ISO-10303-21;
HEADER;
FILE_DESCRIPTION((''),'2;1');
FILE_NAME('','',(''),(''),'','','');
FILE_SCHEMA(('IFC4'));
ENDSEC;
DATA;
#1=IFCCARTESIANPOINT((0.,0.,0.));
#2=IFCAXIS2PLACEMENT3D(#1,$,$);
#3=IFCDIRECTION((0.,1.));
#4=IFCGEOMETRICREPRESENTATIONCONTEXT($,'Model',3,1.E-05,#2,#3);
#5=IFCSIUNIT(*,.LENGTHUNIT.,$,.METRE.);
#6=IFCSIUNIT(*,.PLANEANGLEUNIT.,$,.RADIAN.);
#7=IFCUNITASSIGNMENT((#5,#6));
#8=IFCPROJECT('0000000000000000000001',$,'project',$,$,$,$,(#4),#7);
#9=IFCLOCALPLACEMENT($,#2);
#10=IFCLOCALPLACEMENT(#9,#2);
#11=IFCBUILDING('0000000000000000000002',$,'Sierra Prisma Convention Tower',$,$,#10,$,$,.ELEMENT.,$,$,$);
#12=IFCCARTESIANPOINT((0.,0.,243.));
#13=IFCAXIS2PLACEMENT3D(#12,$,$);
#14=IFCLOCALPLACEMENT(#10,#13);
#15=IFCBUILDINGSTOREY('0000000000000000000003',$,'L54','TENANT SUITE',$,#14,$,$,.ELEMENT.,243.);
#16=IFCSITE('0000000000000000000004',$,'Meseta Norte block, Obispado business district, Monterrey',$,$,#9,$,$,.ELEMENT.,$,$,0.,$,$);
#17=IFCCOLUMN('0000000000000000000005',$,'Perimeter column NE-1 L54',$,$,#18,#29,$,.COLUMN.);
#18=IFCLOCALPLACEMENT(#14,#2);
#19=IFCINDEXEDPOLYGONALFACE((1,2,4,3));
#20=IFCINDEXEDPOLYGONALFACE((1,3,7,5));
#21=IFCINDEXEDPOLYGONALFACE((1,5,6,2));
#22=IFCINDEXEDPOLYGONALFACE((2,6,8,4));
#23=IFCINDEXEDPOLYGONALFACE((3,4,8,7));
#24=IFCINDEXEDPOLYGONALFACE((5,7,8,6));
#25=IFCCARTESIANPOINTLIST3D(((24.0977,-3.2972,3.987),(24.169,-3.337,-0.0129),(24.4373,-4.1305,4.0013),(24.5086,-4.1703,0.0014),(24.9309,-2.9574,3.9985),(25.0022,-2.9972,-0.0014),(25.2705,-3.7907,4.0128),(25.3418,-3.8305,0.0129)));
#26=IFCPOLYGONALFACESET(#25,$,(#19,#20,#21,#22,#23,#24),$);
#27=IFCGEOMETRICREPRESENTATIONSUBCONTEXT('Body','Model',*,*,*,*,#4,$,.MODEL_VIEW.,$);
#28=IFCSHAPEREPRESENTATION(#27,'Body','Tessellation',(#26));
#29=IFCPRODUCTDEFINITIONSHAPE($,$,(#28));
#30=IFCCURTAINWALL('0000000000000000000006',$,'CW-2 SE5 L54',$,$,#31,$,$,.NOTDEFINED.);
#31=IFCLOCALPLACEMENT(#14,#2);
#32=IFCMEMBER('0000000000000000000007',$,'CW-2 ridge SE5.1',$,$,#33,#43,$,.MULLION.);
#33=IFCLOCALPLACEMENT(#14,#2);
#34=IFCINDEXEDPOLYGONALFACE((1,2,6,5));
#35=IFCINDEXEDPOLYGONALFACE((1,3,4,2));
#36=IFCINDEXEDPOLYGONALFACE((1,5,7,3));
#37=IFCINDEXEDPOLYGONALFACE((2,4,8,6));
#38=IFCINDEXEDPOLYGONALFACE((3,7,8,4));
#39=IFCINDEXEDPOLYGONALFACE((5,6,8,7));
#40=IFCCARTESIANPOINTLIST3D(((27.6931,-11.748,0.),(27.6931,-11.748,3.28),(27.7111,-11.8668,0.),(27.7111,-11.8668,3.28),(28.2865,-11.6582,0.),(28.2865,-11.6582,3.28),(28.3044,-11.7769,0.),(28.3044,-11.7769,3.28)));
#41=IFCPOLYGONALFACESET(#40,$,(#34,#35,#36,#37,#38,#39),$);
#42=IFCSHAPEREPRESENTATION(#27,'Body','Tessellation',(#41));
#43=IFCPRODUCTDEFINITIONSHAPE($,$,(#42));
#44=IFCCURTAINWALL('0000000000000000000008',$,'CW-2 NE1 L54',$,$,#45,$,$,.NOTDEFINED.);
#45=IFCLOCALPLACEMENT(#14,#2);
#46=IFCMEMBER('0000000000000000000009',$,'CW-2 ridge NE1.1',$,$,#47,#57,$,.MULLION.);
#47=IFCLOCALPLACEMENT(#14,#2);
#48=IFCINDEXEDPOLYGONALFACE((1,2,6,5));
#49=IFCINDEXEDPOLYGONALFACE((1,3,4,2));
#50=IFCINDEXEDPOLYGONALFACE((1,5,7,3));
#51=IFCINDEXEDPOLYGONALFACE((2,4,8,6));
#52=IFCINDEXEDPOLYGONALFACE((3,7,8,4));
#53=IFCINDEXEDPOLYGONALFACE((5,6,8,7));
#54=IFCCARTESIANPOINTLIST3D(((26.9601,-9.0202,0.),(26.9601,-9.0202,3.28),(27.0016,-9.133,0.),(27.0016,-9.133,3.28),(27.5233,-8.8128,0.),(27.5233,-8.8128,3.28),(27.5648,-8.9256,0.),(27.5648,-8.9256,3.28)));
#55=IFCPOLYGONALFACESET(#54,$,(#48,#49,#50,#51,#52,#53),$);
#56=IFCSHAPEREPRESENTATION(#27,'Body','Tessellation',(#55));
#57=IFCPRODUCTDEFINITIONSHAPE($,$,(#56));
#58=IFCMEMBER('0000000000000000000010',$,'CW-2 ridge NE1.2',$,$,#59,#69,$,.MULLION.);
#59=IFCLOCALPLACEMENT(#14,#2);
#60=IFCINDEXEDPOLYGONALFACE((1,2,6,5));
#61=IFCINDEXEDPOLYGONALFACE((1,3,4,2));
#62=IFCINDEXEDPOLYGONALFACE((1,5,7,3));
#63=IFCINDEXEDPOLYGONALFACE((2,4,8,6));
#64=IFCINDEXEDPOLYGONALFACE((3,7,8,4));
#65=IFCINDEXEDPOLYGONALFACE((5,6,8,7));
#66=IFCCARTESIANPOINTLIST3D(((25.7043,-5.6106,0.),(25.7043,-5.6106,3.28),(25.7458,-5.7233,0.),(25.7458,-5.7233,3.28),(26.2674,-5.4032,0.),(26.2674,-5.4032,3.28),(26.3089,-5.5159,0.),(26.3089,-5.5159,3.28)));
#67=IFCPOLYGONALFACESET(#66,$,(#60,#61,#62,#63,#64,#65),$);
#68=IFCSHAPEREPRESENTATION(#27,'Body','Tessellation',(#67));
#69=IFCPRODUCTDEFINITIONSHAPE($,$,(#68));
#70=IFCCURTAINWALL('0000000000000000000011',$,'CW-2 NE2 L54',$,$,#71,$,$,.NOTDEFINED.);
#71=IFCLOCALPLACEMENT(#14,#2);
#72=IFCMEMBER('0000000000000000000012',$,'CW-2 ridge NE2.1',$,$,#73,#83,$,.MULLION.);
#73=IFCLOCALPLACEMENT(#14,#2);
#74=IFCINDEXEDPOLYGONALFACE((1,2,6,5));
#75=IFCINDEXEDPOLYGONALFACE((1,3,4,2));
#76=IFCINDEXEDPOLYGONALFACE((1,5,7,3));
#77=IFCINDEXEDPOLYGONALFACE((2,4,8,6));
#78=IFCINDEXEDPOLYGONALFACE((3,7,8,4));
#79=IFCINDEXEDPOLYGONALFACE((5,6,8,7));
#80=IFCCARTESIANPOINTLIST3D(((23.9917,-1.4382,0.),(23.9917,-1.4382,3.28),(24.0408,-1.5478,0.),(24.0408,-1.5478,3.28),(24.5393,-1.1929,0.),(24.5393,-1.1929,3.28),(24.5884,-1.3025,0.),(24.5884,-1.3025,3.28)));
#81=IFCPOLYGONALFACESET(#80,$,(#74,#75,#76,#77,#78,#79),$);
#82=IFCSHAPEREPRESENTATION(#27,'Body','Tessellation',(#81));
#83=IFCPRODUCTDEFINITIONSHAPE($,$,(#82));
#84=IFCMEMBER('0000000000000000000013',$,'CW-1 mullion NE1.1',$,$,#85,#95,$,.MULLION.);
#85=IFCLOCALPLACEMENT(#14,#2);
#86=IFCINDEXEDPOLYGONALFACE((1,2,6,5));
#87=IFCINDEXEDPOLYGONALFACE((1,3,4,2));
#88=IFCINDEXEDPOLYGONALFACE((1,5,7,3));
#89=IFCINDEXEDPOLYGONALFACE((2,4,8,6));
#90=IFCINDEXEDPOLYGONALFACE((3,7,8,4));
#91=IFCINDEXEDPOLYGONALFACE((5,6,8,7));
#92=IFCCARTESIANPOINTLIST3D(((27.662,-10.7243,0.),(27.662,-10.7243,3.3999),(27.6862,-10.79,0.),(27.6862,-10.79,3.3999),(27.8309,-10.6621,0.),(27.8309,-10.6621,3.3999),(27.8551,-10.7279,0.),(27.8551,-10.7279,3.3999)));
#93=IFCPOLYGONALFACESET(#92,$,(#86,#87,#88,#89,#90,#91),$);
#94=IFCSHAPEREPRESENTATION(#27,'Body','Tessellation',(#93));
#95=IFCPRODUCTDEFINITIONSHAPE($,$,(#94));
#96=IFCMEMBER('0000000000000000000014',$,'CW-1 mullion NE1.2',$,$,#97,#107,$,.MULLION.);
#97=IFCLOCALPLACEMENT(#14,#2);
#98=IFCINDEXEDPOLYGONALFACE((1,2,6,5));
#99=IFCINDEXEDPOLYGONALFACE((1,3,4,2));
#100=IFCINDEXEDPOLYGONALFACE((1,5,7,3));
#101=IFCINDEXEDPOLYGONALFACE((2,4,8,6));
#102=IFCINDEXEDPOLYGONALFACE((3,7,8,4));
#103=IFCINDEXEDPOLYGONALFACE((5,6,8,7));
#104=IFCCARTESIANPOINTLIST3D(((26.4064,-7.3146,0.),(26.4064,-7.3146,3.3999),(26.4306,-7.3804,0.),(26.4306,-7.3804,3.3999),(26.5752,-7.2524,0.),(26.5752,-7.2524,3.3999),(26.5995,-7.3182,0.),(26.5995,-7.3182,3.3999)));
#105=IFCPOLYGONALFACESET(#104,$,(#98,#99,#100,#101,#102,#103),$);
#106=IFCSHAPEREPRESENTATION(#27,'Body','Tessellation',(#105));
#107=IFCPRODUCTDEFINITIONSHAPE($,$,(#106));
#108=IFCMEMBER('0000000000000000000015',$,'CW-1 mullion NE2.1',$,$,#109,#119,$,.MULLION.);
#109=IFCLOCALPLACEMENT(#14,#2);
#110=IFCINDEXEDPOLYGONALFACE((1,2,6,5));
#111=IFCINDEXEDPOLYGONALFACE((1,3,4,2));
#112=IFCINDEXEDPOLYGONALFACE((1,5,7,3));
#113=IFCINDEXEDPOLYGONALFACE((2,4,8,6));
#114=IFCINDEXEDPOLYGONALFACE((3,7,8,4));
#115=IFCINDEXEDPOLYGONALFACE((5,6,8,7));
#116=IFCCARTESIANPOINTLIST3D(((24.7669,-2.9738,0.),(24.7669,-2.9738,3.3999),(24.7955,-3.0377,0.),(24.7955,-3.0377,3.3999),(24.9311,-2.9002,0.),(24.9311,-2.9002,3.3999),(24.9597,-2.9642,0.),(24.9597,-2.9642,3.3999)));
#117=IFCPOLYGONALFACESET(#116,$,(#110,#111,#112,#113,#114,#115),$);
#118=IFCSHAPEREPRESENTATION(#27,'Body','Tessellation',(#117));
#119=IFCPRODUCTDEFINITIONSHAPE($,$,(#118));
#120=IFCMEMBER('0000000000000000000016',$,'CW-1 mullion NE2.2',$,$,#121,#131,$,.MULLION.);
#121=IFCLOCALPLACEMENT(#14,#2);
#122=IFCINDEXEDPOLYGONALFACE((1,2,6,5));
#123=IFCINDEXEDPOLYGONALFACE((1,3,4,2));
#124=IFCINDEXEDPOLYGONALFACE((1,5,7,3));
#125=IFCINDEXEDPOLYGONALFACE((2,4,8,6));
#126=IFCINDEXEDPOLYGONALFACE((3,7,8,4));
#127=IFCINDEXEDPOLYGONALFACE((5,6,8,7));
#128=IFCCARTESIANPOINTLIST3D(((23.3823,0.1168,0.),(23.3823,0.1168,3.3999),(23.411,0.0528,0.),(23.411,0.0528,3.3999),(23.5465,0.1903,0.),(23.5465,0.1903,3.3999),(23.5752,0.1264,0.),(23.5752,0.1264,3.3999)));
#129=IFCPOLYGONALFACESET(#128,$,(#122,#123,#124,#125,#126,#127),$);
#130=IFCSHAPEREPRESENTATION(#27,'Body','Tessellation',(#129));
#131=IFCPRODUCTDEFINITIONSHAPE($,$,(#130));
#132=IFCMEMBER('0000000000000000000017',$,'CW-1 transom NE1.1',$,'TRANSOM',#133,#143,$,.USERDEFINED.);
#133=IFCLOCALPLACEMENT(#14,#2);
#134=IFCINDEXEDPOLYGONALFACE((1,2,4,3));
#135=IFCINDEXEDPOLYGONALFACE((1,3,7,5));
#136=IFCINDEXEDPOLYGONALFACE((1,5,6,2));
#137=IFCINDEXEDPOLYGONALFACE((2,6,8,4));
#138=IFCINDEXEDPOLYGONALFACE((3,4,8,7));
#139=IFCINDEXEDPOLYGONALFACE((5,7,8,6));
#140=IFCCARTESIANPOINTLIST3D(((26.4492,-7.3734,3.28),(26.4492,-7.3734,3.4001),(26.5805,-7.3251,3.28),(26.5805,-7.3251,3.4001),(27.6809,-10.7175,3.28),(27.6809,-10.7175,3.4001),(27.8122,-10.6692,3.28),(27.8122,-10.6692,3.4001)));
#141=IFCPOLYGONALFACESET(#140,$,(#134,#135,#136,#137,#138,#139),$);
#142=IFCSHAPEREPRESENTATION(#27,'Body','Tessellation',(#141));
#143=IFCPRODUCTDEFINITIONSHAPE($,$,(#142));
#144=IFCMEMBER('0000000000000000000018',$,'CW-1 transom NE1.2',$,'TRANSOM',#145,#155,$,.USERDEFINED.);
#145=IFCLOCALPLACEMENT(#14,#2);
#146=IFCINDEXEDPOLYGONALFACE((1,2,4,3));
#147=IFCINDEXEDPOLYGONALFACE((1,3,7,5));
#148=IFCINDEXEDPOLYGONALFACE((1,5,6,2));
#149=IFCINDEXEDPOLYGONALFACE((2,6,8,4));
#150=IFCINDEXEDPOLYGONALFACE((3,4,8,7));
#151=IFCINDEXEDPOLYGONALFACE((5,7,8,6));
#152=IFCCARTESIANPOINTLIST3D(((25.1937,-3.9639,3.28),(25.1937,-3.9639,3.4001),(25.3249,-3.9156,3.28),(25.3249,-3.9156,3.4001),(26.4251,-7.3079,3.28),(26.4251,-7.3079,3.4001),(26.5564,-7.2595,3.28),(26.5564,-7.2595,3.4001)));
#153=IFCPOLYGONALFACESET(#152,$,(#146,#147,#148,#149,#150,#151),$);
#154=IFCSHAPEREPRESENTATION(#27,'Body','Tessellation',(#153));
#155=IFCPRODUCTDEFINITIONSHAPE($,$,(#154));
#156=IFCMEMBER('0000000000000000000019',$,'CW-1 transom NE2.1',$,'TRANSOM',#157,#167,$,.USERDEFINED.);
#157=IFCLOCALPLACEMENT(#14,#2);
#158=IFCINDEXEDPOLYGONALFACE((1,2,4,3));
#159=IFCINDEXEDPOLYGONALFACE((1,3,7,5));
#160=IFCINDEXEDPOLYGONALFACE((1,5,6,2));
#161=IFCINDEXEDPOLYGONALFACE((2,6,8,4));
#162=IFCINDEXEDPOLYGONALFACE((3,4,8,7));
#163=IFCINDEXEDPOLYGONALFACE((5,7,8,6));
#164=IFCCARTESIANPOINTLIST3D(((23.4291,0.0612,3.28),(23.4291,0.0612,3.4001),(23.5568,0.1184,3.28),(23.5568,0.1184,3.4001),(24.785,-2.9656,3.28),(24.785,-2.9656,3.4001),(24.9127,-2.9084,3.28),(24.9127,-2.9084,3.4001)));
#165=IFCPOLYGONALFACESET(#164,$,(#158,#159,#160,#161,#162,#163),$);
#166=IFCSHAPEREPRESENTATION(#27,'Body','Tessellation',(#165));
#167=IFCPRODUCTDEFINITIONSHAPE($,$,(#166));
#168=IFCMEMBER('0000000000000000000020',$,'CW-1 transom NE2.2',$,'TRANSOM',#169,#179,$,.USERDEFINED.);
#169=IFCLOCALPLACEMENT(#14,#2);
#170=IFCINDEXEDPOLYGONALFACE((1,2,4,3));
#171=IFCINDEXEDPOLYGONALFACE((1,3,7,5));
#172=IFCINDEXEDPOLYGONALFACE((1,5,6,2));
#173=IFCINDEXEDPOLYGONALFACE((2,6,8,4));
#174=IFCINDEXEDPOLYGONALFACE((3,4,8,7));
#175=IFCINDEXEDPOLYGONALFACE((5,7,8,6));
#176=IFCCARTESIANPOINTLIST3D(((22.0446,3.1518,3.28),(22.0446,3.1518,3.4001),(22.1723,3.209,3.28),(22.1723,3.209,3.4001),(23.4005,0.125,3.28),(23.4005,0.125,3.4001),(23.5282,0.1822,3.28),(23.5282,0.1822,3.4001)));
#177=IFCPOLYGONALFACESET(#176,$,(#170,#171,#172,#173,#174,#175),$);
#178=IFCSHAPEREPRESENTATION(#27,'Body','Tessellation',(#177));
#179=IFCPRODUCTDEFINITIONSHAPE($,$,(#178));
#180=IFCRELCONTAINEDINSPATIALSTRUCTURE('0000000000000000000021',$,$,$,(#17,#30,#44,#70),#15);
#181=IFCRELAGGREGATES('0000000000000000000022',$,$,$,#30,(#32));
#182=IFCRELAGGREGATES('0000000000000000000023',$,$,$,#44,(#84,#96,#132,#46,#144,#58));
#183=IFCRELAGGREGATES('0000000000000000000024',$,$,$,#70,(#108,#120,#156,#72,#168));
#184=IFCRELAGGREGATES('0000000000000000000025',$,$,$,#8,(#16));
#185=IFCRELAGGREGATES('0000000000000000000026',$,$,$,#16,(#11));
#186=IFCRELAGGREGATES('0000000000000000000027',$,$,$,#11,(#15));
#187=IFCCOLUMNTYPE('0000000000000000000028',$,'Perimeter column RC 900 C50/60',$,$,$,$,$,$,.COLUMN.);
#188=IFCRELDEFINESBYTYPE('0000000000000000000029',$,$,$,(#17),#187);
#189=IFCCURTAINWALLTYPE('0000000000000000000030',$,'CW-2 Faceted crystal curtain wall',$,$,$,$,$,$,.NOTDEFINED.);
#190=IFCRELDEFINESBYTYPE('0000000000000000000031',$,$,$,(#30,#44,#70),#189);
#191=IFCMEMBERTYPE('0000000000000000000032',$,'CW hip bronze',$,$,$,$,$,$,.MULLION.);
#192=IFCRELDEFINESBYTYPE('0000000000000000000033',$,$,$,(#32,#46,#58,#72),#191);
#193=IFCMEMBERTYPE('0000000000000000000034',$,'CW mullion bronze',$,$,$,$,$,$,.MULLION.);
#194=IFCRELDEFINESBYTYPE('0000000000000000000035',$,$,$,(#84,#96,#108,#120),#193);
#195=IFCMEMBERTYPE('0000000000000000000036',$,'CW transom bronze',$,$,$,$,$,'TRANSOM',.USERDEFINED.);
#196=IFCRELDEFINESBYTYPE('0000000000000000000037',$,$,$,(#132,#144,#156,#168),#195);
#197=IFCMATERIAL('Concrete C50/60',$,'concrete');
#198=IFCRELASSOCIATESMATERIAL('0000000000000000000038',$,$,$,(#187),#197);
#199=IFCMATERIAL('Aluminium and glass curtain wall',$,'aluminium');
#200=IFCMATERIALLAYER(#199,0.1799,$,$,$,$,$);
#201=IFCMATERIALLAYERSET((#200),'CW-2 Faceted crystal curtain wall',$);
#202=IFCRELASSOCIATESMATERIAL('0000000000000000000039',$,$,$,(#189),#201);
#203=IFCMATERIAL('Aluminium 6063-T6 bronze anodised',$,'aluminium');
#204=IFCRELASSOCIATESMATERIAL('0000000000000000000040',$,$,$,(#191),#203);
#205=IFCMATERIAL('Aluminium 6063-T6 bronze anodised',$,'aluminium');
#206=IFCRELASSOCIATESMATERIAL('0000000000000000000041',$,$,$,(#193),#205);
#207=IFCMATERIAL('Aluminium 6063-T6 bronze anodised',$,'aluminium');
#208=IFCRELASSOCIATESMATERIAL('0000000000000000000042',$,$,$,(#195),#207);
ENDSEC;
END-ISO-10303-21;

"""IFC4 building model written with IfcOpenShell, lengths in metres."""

from ifc_helpers import new_model, si_unit, direction, frame, origin, origin_2d, place, context, subcontext, project, spatial, rectangle, extrude, material, layer, layer_set, material_profile, profile_set, type_object, element, aggregate, save


model = new_model("IFC4")

# Units and contexts
model_context = context("Model", 3, precision=1e-05, world=origin(), true_north=direction((0.0, 1.0)))
body_context = subcontext(model_context, "Body", "Model", "MODEL_VIEW")
ifc_project = project(units=[si_unit("LENGTHUNIT", "METRE"), si_unit("PLANEANGLEUNIT", "RADIAN")], contexts=[model_context])

# Site, building, storey
site_placement = place(None, origin())
site = spatial("IfcSite", under=ifc_project, at=site_placement, Name="Meseta Norte block, Obispado business district, Monterrey", CompositionType="ELEMENT", RefElevation=0.0)
building_placement = place(site_placement, origin())
building = spatial("IfcBuilding", under=site, at=building_placement, Name="Sierra Prisma Convention Tower", CompositionType="ELEMENT")
storey_placement = place(building_placement, frame((0.0, 0.0, 243.0)))
storey = spatial("IfcBuildingStorey", under=building, at=storey_placement, Name="L54", Description="TENANT SUITE", CompositionType="ELEMENT", Elevation=243.0)

# Column
ifc_material_1 = material(Name="Concrete C50/60", Category="concrete")
ifc_material_profile_1 = material_profile(ifc_material_1, rectangle(XDim=0.8999, YDim=0.8999, at=origin_2d()), Name="Perimeter column RC 900 C50/60")
ifc_profile_set_1 = profile_set([ifc_material_profile_1], Name="Concrete C50/60")
column_type = type_object("IfcColumnType", Name="Perimeter column RC 900 C50/60", PredefinedType="COLUMN", material=ifc_profile_set_1)
column_placement = place(storey_placement, frame((24.7554, -3.5837, 0.0), z_axis=(-0.017819, 0.009947, 0.999792), x_axis=(-0.377375, 0.925923, -0.015937)))
element("IfcColumn", 1, at=column_placement, inside=storey, type_object=column_type, Name="Perimeter column NE-1 L54", PredefinedType="COLUMN", context=body_context, shape_type="SweptSolid", body=[
    extrude(rectangle(XDim=0.8999, YDim=0.8999, at=origin_2d()), origin(), (0.0, 0.0, 1.0), 4.0007),
])

# Curtain wall, member
ifc_material_2 = material(Name="Aluminium and glass curtain wall", Category="aluminium")
ifc_layer_1 = layer(ifc_material_2, 0.1799)
ifc_layer_set_1 = layer_set([ifc_layer_1], Name="CW-2 Faceted crystal curtain wall")
curtain_wall_type = type_object("IfcCurtainWallType", Name="CW-2 Faceted crystal curtain wall", PredefinedType="NOTDEFINED", material=ifc_layer_set_1)
curtain_wall_1_placement = place(storey_placement, origin())
curtain_wall_1 = element("IfcCurtainWall", 2, at=curtain_wall_1_placement, inside=storey, type_object=curtain_wall_type, Name="CW-2 SE5 L54", PredefinedType="NOTDEFINED")
ifc_material_3 = material(Name="Aluminium 6063-T6 bronze anodised", Category="aluminium")
ifc_material_profile_2 = material_profile(ifc_material_3, rectangle(XDim=0.1201, YDim=0.6001, at=origin_2d()), Name="ALU RIDGE BLADE 120x600")
ifc_profile_set_2 = profile_set([ifc_material_profile_2], Name="Aluminium 6063-T6 bronze anodised")
member_type_1 = type_object("IfcMemberType", Name="CW hip bronze", PredefinedType="MULLION", material=ifc_profile_set_2)
member_1_placement = place(storey_placement, frame((27.9988, -11.7625, 0.0), z_axis=(0.0, 0.0, 1.0), x_axis=(-0.149705, 0.988731, 0.0)))
member_1 = element("IfcMember", 3, at=member_1_placement, type_object=member_type_1, Name="CW-2 ridge SE5.1", PredefinedType="MULLION", context=body_context, shape_type="SweptSolid", body=[
    extrude(rectangle(XDim=0.1201, YDim=0.6001, at=origin_2d()), origin(), (0.0, 0.0, 1.0), 3.28),
])

# Curtain wall, members
curtain_wall_2_placement = place(storey_placement, origin())
curtain_wall_2 = element("IfcCurtainWall", 4, at=curtain_wall_2_placement, inside=storey, type_object=curtain_wall_type, Name="CW-2 NE1 L54", PredefinedType="NOTDEFINED")
member_2_placement = place(storey_placement, frame((27.2625, -8.9729, 0.0), z_axis=(0.0, 0.0, 1.0), x_axis=(-0.345603, 0.938381, 0.0)))
member_2 = element("IfcMember", 5, at=member_2_placement, type_object=member_type_1, Name="CW-2 ridge NE1.1", PredefinedType="MULLION", context=body_context, shape_type="SweptSolid", body=[
    extrude(rectangle(XDim=0.1201, YDim=0.6001, at=origin_2d()), origin(), (0.0, 0.0, 1.0), 3.28),
])
member_3_placement = place(storey_placement, frame((26.0066, -5.5632, 0.0), z_axis=(0.0, 0.0, 1.0), x_axis=(-0.345603, 0.938381, 0.0)))
member_3 = element("IfcMember", 6, at=member_3_placement, type_object=member_type_1, Name="CW-2 ridge NE1.2", PredefinedType="MULLION", context=body_context, shape_type="SweptSolid", body=[
    extrude(rectangle(XDim=0.1201, YDim=0.6001, at=origin_2d()), origin(), (0.0, 0.0, 1.0), 3.28),
])

# Curtain wall, member
curtain_wall_3_placement = place(storey_placement, origin())
curtain_wall_3 = element("IfcCurtainWall", 7, at=curtain_wall_3_placement, inside=storey, type_object=curtain_wall_type, Name="CW-2 NE2 L54", PredefinedType="NOTDEFINED")
member_4_placement = place(storey_placement, frame((24.29, -1.3704, 0.0), z_axis=(0.0, 0.0, 1.0), x_axis=(-0.408827, 0.912612, 0.0)))
member_4 = element("IfcMember", 8, at=member_4_placement, type_object=member_type_1, Name="CW-2 ridge NE2.1", PredefinedType="MULLION", context=body_context, shape_type="SweptSolid", body=[
    extrude(rectangle(XDim=0.1201, YDim=0.6001, at=origin_2d()), origin(), (0.0, 0.0, 1.0), 3.28),
])

# Members
ifc_material_4 = material(Name="Aluminium 6063-T6 bronze anodised", Category="aluminium")
ifc_material_profile_3 = material_profile(ifc_material_4, rectangle(XDim=0.1799, YDim=0.0701, at=origin_2d()), Name="ALU MULLION 70x180")
ifc_profile_set_3 = profile_set([ifc_material_profile_3], Name="Aluminium 6063-T6 bronze anodised")
member_type_2 = type_object("IfcMemberType", Name="CW mullion bronze", PredefinedType="MULLION", material=ifc_profile_set_3)
member_5_placement = place(storey_placement, frame((27.7585, -10.7261, 0.0), z_axis=(0.0, 0.0, 1.0), x_axis=(-0.938381, -0.345603, 0.0)))
member_5 = element("IfcMember", 9, at=member_5_placement, type_object=member_type_2, Name="CW-1 mullion NE1.1", PredefinedType="MULLION", context=body_context, shape_type="SweptSolid", body=[
    extrude(rectangle(XDim=0.1799, YDim=0.0701, at=origin_2d()), origin(), (0.0, 0.0, 1.0), 3.3999),
])
member_6_placement = place(storey_placement, frame((26.5029, -7.3164, 0.0), z_axis=(0.0, 0.0, 1.0), x_axis=(-0.938381, -0.345603, 0.0)))
member_6 = element("IfcMember", 10, at=member_6_placement, type_object=member_type_2, Name="CW-1 mullion NE1.2", PredefinedType="MULLION", context=body_context, shape_type="SweptSolid", body=[
    extrude(rectangle(XDim=0.1799, YDim=0.0701, at=origin_2d()), origin(), (0.0, 0.0, 1.0), 3.3999),
])
member_7_placement = place(storey_placement, frame((24.8633, -2.969, 0.0), z_axis=(0.0, 0.0, 1.0), x_axis=(-0.912612, -0.408827, 0.0)))
member_7 = element("IfcMember", 11, at=member_7_placement, type_object=member_type_2, Name="CW-1 mullion NE2.1", PredefinedType="MULLION", context=body_context, shape_type="SweptSolid", body=[
    extrude(rectangle(XDim=0.1799, YDim=0.0701, at=origin_2d()), origin(), (0.0, 0.0, 1.0), 3.3999),
])
member_8_placement = place(storey_placement, frame((23.4788, 0.1216, 0.0), z_axis=(0.0, 0.0, 1.0), x_axis=(-0.912612, -0.408827, 0.0)))
member_8 = element("IfcMember", 12, at=member_8_placement, type_object=member_type_2, Name="CW-1 mullion NE2.2", PredefinedType="MULLION", context=body_context, shape_type="SweptSolid", body=[
    extrude(rectangle(XDim=0.1799, YDim=0.0701, at=origin_2d()), origin(), (0.0, 0.0, 1.0), 3.3999),
])
ifc_material_5 = material(Name="Aluminium 6063-T6 bronze anodised", Category="aluminium")
ifc_material_profile_4 = material_profile(ifc_material_5, rectangle(XDim=0.1399, YDim=0.1201, at=origin_2d()), Name="ALU TRANSOM 120x140")
ifc_profile_set_4 = profile_set([ifc_material_profile_4], Name="Aluminium 6063-T6 bronze anodised")
member_type_3 = type_object("IfcMemberType", Name="CW transom bronze", ElementType="TRANSOM", PredefinedType="USERDEFINED", material=ifc_profile_set_4)
member_9_placement = place(storey_placement, frame((27.7466, -10.6934, 3.3401), z_axis=(-0.345629, 0.938371, 0.0), x_axis=(-0.938371, -0.345629, 0.0)))
member_9 = element("IfcMember", 13, at=member_9_placement, type_object=member_type_3, Name="CW-1 transom NE1.1", ObjectType="TRANSOM", PredefinedType="USERDEFINED", context=body_context, shape_type="SweptSolid", body=[
    extrude(rectangle(XDim=0.1399, YDim=0.1201, at=origin_2d()), origin(), (0.0, 0.0, 1.0), 3.5637),
])
member_10_placement = place(storey_placement, frame((26.4907, -7.2837, 3.3401), z_axis=(-0.345569, 0.938393, 0.0), x_axis=(-0.938393, -0.345569, 0.0)))
member_10 = element("IfcMember", 14, at=member_10_placement, type_object=member_type_3, Name="CW-1 transom NE1.2", ObjectType="TRANSOM", PredefinedType="USERDEFINED", context=body_context, shape_type="SweptSolid", body=[
    extrude(rectangle(XDim=0.1399, YDim=0.1201, at=origin_2d()), origin(), (0.0, 0.0, 1.0), 3.5635),
])
member_11_placement = place(storey_placement, frame((24.8489, -2.937, 3.3401), z_axis=(-0.408828, 0.912612, 0.0), x_axis=(-0.912612, -0.408828, 0.0)))
member_11 = element("IfcMember", 15, at=member_11_placement, type_object=member_type_3, Name="CW-1 transom NE2.1", ObjectType="TRANSOM", PredefinedType="USERDEFINED", context=body_context, shape_type="SweptSolid", body=[
    extrude(rectangle(XDim=0.1399, YDim=0.1201, at=origin_2d()), origin(), (0.0, 0.0, 1.0), 3.3167),
])
member_12_placement = place(storey_placement, frame((23.4644, 0.1536, 3.3401), z_axis=(-0.408828, 0.912612, 0.0), x_axis=(-0.912612, -0.408828, 0.0)))
member_12 = element("IfcMember", 16, at=member_12_placement, type_object=member_type_3, Name="CW-1 transom NE2.2", ObjectType="TRANSOM", PredefinedType="USERDEFINED", context=body_context, shape_type="SweptSolid", body=[
    extrude(rectangle(XDim=0.1399, YDim=0.1201, at=origin_2d()), origin(), (0.0, 0.0, 1.0), 3.3167),
])

aggregate(curtain_wall_1, [member_1])
aggregate(curtain_wall_2, [member_5, member_6, member_9, member_2, member_10, member_3])
aggregate(curtain_wall_3, [member_7, member_8, member_11, member_4, member_12])

save(model, "model.ifc")
